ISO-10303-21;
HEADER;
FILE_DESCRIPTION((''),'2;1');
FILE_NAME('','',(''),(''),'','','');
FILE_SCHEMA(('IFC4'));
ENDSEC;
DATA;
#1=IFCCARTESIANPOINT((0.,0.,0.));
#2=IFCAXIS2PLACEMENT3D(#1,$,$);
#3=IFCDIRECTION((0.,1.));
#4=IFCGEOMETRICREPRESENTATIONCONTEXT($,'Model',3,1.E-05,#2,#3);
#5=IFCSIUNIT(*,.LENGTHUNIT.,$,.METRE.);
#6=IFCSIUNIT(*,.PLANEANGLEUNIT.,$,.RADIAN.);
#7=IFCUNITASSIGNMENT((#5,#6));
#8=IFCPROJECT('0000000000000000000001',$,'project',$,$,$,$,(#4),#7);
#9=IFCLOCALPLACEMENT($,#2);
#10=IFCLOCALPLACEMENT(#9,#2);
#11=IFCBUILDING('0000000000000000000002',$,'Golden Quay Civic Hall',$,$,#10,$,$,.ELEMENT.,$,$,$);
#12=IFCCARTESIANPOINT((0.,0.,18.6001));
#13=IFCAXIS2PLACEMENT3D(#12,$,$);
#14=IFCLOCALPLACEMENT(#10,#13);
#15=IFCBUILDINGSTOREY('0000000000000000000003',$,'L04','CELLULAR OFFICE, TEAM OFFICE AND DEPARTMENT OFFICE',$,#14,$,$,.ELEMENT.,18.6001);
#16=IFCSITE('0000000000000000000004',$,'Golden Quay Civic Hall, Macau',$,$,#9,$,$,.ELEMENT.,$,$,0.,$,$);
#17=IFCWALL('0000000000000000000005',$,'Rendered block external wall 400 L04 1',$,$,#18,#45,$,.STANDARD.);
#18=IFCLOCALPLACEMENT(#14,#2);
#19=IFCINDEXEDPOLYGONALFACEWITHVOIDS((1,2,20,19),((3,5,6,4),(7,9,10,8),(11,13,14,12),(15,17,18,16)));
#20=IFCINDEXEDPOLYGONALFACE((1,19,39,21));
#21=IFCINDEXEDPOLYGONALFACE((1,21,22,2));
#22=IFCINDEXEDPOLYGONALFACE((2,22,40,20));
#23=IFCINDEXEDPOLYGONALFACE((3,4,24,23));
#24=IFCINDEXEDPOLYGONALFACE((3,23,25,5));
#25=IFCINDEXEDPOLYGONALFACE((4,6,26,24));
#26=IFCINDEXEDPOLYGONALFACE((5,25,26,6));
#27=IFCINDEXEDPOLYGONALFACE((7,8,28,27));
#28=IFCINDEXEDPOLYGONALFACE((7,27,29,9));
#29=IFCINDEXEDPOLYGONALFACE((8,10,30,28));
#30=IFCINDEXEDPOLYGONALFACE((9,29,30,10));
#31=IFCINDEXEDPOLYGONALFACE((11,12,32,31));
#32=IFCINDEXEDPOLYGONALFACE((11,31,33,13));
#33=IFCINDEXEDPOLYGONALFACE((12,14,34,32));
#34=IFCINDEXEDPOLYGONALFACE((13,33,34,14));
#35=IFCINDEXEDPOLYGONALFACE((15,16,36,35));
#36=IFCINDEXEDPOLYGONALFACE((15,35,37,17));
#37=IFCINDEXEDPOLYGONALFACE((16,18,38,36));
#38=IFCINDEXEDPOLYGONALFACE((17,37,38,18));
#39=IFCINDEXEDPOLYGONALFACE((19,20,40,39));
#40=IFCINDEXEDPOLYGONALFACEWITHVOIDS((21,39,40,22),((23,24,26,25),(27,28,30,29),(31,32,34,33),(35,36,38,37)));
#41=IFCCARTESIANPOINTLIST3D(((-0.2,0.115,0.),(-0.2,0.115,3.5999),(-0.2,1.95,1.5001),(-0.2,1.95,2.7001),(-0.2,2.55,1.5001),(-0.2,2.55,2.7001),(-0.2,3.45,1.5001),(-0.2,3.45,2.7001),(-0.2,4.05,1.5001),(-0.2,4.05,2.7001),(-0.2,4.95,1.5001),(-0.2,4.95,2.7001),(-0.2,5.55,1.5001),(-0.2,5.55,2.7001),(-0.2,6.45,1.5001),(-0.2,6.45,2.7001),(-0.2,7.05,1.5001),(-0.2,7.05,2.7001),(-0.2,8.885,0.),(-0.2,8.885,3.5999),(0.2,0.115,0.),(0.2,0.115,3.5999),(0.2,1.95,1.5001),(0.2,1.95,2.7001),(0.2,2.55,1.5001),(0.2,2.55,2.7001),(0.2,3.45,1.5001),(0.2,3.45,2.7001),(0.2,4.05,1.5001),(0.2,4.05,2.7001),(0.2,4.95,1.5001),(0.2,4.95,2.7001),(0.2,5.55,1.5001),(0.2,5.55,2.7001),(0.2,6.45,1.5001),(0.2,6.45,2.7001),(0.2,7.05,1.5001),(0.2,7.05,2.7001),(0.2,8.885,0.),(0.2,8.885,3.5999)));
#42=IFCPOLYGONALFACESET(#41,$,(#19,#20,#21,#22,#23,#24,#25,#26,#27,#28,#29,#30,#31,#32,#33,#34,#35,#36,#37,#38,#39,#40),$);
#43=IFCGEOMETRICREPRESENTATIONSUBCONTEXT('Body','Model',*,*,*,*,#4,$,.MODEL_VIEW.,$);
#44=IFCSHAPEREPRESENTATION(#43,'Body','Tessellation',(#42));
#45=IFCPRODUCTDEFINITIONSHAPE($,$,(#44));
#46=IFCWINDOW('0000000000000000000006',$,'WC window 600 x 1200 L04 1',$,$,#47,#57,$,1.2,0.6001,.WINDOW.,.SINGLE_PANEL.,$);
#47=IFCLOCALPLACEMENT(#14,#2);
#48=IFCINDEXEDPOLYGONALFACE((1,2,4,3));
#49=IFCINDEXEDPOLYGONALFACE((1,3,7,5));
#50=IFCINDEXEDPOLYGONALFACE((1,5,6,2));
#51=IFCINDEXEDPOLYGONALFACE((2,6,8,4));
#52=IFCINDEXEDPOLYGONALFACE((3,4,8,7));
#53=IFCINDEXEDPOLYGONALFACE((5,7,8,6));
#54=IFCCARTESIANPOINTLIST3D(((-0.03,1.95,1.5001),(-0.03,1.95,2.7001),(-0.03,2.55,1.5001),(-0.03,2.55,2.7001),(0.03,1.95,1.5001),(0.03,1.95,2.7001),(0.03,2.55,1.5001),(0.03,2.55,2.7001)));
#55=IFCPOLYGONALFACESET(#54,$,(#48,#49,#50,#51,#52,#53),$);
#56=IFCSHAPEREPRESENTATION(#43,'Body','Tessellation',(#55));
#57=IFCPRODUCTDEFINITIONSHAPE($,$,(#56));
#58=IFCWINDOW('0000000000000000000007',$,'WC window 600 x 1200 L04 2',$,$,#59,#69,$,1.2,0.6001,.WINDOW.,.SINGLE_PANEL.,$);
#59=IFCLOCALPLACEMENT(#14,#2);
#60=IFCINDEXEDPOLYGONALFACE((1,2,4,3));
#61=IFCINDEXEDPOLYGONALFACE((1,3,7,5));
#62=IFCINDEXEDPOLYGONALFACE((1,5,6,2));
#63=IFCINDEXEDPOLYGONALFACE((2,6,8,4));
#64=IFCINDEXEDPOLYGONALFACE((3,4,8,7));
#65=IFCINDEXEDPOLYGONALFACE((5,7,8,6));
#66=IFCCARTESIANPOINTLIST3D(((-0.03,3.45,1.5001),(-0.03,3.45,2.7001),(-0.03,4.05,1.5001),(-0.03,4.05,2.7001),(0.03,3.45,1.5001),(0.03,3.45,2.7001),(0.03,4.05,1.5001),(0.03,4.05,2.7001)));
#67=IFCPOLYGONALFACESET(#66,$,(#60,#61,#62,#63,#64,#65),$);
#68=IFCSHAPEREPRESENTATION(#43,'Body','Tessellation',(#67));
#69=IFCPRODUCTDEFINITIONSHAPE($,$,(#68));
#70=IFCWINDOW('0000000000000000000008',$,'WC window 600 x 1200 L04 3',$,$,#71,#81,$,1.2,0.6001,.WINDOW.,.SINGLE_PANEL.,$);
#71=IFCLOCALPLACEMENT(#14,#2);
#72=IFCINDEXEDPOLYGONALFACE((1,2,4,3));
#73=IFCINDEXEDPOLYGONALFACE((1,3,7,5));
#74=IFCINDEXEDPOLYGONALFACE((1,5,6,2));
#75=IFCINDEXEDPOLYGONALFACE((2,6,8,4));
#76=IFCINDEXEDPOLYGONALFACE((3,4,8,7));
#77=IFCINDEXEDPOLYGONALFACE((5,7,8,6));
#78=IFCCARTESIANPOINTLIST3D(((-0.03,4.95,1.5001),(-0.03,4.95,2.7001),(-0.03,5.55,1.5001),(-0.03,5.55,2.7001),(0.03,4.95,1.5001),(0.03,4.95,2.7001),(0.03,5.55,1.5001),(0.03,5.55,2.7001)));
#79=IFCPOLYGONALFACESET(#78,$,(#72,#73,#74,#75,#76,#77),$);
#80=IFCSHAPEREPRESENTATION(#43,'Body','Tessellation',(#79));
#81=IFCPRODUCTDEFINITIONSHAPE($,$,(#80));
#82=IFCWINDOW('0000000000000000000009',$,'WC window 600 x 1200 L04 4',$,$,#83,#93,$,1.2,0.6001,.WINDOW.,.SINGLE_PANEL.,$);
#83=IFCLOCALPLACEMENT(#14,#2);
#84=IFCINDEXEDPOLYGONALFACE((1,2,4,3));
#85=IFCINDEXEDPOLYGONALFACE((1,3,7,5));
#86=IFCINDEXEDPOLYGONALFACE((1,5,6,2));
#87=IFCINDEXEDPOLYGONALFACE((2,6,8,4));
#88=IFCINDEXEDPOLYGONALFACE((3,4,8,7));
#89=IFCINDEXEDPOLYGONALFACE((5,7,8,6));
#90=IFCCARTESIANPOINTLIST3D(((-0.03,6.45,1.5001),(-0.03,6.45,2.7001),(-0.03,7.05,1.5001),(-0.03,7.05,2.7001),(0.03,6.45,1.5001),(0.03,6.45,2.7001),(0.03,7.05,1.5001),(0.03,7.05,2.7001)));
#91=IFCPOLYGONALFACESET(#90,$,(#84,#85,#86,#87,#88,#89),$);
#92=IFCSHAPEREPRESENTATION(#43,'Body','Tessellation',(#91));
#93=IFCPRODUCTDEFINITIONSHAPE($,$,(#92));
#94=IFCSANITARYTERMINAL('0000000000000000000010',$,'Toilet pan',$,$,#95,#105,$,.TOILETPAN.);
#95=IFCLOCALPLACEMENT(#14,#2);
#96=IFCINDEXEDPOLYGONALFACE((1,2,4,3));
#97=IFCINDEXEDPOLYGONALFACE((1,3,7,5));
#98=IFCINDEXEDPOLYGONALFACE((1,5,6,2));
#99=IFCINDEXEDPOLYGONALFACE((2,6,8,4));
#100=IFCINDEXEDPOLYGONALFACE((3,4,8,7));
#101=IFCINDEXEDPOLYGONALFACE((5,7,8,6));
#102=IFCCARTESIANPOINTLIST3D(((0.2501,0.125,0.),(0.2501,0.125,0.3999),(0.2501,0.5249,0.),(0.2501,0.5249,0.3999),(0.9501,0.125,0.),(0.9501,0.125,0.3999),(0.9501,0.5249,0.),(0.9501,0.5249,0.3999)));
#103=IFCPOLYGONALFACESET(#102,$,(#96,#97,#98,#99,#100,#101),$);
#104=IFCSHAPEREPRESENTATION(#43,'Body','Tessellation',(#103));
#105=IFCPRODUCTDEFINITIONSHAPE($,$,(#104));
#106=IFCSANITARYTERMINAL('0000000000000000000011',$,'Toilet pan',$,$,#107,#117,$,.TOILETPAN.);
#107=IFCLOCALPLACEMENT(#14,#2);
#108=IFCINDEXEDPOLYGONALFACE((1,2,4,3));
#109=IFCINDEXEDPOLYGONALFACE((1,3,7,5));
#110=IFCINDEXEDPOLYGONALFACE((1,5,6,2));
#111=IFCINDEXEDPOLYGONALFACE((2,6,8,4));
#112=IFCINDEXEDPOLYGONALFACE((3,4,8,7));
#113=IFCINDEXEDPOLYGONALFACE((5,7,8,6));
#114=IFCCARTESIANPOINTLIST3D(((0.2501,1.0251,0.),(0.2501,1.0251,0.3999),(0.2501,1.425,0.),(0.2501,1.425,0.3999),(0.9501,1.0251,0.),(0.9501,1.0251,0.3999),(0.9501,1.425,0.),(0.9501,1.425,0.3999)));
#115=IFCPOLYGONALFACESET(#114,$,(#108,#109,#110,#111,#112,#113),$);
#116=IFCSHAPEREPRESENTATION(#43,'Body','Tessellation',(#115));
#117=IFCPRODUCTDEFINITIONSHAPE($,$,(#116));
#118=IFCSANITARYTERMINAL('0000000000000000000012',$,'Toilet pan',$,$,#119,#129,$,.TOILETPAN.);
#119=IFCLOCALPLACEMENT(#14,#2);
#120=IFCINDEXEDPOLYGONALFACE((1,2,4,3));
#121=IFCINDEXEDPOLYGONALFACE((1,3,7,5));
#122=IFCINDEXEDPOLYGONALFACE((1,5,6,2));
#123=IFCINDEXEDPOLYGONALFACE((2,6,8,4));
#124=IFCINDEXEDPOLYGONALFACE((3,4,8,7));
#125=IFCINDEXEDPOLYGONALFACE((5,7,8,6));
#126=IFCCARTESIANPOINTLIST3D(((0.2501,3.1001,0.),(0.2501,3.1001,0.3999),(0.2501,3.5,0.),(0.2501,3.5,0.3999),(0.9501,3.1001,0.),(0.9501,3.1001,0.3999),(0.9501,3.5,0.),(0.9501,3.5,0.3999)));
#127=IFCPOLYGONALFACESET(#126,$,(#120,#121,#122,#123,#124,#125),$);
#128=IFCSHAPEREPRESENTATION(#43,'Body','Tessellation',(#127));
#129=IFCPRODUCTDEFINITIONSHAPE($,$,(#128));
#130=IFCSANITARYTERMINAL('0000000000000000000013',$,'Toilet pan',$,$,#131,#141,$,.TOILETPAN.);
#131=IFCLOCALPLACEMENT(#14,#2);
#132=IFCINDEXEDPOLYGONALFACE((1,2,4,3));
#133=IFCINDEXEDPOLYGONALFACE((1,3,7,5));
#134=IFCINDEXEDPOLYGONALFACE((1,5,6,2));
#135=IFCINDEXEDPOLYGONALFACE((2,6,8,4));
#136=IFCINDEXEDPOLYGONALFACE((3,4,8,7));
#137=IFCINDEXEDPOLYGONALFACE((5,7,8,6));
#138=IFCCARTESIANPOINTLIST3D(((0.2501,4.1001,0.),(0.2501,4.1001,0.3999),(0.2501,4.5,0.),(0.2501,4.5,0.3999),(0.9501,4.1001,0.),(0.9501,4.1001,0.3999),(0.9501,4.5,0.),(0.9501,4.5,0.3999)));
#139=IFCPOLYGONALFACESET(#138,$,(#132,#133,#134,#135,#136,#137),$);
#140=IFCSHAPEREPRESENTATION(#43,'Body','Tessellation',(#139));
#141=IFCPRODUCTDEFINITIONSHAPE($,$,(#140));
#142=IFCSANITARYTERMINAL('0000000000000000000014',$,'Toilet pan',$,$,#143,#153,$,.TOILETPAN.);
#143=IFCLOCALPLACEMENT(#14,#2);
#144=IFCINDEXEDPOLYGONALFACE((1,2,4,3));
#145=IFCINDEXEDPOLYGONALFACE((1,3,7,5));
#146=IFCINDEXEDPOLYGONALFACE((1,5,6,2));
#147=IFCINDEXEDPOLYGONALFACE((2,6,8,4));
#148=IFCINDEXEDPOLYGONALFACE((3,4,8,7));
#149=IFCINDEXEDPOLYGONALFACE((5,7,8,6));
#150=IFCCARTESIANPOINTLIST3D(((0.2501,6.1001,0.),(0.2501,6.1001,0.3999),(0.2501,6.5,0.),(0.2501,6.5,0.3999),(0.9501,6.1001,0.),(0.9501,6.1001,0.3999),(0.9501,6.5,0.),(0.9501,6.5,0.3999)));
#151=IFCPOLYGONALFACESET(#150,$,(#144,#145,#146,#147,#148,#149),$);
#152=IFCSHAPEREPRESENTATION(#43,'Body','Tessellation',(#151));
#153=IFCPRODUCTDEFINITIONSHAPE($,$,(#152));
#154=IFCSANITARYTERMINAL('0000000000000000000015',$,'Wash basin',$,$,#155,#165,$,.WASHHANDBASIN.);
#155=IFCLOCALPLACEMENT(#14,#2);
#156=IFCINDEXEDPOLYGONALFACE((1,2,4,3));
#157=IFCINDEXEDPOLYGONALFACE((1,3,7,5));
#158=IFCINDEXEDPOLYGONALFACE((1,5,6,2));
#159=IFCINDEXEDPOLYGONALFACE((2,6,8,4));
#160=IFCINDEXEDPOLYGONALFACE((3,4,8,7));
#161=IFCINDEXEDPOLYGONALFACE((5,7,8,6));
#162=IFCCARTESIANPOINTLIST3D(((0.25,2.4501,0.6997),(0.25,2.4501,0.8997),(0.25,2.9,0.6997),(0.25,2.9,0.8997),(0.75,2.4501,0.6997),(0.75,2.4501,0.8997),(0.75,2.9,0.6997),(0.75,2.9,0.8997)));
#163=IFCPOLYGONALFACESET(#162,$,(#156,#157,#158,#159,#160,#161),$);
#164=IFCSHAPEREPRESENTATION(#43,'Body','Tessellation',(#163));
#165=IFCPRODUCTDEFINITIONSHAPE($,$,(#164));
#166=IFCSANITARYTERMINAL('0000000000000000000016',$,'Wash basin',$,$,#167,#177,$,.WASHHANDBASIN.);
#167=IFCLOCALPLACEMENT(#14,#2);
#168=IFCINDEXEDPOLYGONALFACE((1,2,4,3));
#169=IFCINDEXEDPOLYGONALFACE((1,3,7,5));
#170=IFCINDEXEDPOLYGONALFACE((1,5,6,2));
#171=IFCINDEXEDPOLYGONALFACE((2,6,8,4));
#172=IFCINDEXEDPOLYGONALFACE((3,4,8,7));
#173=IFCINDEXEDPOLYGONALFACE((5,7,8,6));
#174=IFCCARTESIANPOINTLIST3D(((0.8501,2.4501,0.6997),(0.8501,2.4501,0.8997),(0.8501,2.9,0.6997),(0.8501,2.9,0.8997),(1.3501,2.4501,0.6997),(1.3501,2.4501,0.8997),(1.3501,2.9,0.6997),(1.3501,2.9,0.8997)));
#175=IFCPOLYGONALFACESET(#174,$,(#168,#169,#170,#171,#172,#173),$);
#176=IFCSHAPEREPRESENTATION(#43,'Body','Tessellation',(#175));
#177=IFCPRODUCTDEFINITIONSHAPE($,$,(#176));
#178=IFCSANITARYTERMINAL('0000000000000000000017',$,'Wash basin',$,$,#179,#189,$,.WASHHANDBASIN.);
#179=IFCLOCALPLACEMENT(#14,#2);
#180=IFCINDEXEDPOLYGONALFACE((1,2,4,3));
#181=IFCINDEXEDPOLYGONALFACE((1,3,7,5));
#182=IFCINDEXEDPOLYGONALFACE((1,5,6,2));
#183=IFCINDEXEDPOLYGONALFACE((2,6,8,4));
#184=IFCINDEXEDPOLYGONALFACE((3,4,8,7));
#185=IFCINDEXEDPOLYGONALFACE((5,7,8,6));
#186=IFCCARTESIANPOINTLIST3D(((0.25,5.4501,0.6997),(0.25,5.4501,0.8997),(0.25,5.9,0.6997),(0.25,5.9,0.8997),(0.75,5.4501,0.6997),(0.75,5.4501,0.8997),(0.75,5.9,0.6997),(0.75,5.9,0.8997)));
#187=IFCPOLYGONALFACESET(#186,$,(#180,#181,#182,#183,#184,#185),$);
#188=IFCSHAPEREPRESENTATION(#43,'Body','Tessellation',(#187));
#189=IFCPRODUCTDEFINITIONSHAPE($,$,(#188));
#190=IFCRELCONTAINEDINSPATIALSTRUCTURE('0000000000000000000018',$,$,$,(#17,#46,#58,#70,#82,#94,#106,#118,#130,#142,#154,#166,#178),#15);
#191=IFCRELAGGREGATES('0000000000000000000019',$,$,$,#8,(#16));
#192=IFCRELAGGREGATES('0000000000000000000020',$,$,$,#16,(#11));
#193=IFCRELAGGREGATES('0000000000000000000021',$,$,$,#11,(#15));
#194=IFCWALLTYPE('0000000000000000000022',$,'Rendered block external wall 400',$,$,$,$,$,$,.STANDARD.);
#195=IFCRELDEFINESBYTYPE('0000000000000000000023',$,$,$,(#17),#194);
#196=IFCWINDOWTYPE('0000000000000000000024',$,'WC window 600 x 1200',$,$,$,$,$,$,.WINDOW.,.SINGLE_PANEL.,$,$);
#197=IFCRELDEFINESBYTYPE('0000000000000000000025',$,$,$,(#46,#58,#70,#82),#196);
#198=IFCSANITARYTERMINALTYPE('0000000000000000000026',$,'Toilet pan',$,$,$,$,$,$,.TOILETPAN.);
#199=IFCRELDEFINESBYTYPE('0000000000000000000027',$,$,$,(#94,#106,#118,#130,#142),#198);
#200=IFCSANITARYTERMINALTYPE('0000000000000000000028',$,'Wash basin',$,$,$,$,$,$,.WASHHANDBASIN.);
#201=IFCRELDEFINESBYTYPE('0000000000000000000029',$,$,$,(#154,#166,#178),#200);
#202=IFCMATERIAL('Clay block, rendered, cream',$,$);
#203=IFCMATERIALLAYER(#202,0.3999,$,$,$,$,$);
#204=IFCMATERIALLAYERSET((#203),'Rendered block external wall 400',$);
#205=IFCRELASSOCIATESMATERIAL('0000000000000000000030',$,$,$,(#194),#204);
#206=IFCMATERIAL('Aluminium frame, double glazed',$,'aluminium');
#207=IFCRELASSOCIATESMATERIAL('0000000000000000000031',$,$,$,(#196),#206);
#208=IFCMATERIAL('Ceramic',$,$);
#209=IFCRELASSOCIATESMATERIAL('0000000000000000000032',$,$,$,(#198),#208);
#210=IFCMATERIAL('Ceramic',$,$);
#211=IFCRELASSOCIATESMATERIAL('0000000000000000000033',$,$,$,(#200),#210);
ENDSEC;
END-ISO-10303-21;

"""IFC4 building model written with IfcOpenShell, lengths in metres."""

from ifc_helpers import new_model, si_unit, direction, frame, frame_2d, origin, origin_2d, place, context, subcontext, project, spatial, rectangle, extrude, material, layer, layer_set, type_object, element, fill, save


model = new_model("IFC4")

# Units and contexts
model_context = context("Model", 3, precision=1e-05, world=origin(), true_north=direction((0.0, 1.0)))
body_context = subcontext(model_context, "Body", "Model", "MODEL_VIEW")
ifc_project = project(units=[si_unit("LENGTHUNIT", "METRE"), si_unit("PLANEANGLEUNIT", "RADIAN")], contexts=[model_context])

# Site, building, storey
site_placement = place(None, origin())
site = spatial("IfcSite", under=ifc_project, at=site_placement, Name="Golden Quay Civic Hall, Macau", CompositionType="ELEMENT", RefElevation=0.0)
building_placement = place(site_placement, origin())
building = spatial("IfcBuilding", under=site, at=building_placement, Name="Golden Quay Civic Hall", CompositionType="ELEMENT")
storey_placement = place(building_placement, frame((0.0, 0.0, 18.6001)))
storey = spatial("IfcBuildingStorey", under=building, at=storey_placement, Name="L04", Description="CELLULAR OFFICE, TEAM OFFICE AND DEPARTMENT OFFICE", CompositionType="ELEMENT", Elevation=18.6001)

# Wall, openings, windows
ifc_material_1 = material(Name="Clay block, rendered, cream")
ifc_layer_1 = layer(ifc_material_1, 0.3999)
ifc_layer_set_1 = layer_set([ifc_layer_1], Name="Rendered block external wall 400")
wall_type_1 = type_object("IfcWallType", Name="Rendered block external wall 400", PredefinedType="STANDARD", material=ifc_layer_set_1)
wall_1_placement = place(storey_placement, frame((0.0, 0.115, 0.0), z_axis=(0.0, 0.0, 1.0), x_axis=(0.0, 1.0, 0.0)))
wall_1 = element("IfcWall", 1, at=wall_1_placement, inside=storey, type_object=wall_type_1, Name="Rendered block external wall 400 L04 1", PredefinedType="STANDARD", context=body_context, shape_type="SweptSolid", body=[
    extrude(rectangle(XDim=8.77, YDim=0.3999, at=frame_2d((4.385, 0.0))), origin(), (0.0, 0.0, 1.0), 3.5999),
])
opening_1_placement = place(wall_1_placement, frame((1.835, 0.0, 1.5)))
opening_1 = element("IfcOpeningElement", 2, at=opening_1_placement, cuts=wall_1, PredefinedType="OPENING", context=body_context, shape_type="SweptSolid", body=[
    extrude(rectangle(XDim=0.6001, YDim=1.2, at=frame_2d((0.3, 0.6001))), frame((0.0, 0.21, 0.0), z_axis=(0.0, -1.0, 0.0), x_axis=(1.0, 0.0, 0.0)), (0.0, 0.0, 1.0), 0.4199),
])
opening_2_placement = place(wall_1_placement, frame((3.335, 0.0, 1.5)))
opening_2 = element("IfcOpeningElement", 3, at=opening_2_placement, cuts=wall_1, PredefinedType="OPENING", context=body_context, shape_type="SweptSolid", body=[
    extrude(rectangle(XDim=0.6001, YDim=1.2, at=frame_2d((0.3, 0.6001))), frame((0.0, 0.21, 0.0), z_axis=(0.0, -1.0, 0.0), x_axis=(1.0, 0.0, 0.0)), (0.0, 0.0, 1.0), 0.4199),
])
opening_3_placement = place(wall_1_placement, frame((4.835, 0.0, 1.5)))
opening_3 = element("IfcOpeningElement", 4, at=opening_3_placement, cuts=wall_1, PredefinedType="OPENING", context=body_context, shape_type="SweptSolid", body=[
    extrude(rectangle(XDim=0.6001, YDim=1.2, at=frame_2d((0.3, 0.6001))), frame((0.0, 0.21, 0.0), z_axis=(0.0, -1.0, 0.0), x_axis=(1.0, 0.0, 0.0)), (0.0, 0.0, 1.0), 0.4199),
])
opening_4_placement = place(wall_1_placement, frame((6.335, 0.0, 1.5)))
opening_4 = element("IfcOpeningElement", 5, at=opening_4_placement, cuts=wall_1, PredefinedType="OPENING", context=body_context, shape_type="SweptSolid", body=[
    extrude(rectangle(XDim=0.6001, YDim=1.2, at=frame_2d((0.3, 0.6001))), frame((0.0, 0.21, 0.0), z_axis=(0.0, -1.0, 0.0), x_axis=(1.0, 0.0, 0.0)), (0.0, 0.0, 1.0), 0.4199),
])
ifc_material_2 = material(Name="Aluminium frame, double glazed", Category="aluminium")
window_type = type_object("IfcWindowType", Name="WC window 600 x 1200", PartitioningType="SINGLE_PANEL", PredefinedType="WINDOW", material=ifc_material_2)
window_1_placement = place(opening_1_placement, origin())
window_1 = element("IfcWindow", 6, at=window_1_placement, inside=storey, type_object=window_type, Name="WC window 600 x 1200 L04 1", OverallHeight=1.2, OverallWidth=0.6001, PartitioningType="SINGLE_PANEL", PredefinedType="WINDOW", context=body_context, shape_type="SweptSolid", body=[
    extrude(rectangle(XDim=0.6001, YDim=1.2, at=frame_2d((0.3, 0.6001))), frame((0.0, 0.03, 0.0), z_axis=(0.0, -1.0, 0.0), x_axis=(1.0, 0.0, 0.0)), (0.0, 0.0, 1.0), 0.0601),
])
fill(opening_1, window_1)
window_2_placement = place(opening_2_placement, origin())
window_2 = element("IfcWindow", 7, at=window_2_placement, inside=storey, type_object=window_type, Name="WC window 600 x 1200 L04 2", OverallHeight=1.2, OverallWidth=0.6001, PartitioningType="SINGLE_PANEL", PredefinedType="WINDOW", context=body_context, shape_type="SweptSolid", body=[
    extrude(rectangle(XDim=0.6001, YDim=1.2, at=frame_2d((0.3, 0.6001))), frame((0.0, 0.03, 0.0), z_axis=(0.0, -1.0, 0.0), x_axis=(1.0, 0.0, 0.0)), (0.0, 0.0, 1.0), 0.0601),
])
fill(opening_2, window_2)
window_3_placement = place(opening_3_placement, origin())
window_3 = element("IfcWindow", 8, at=window_3_placement, inside=storey, type_object=window_type, Name="WC window 600 x 1200 L04 3", OverallHeight=1.2, OverallWidth=0.6001, PartitioningType="SINGLE_PANEL", PredefinedType="WINDOW", context=body_context, shape_type="SweptSolid", body=[
    extrude(rectangle(XDim=0.6001, YDim=1.2, at=frame_2d((0.3, 0.6001))), frame((0.0, 0.03, 0.0), z_axis=(0.0, -1.0, 0.0), x_axis=(1.0, 0.0, 0.0)), (0.0, 0.0, 1.0), 0.0601),
])
fill(opening_3, window_3)
window_4_placement = place(opening_4_placement, origin())
window_4 = element("IfcWindow", 9, at=window_4_placement, inside=storey, type_object=window_type, Name="WC window 600 x 1200 L04 4", OverallHeight=1.2, OverallWidth=0.6001, PartitioningType="SINGLE_PANEL", PredefinedType="WINDOW", context=body_context, shape_type="SweptSolid", body=[
    extrude(rectangle(XDim=0.6001, YDim=1.2, at=frame_2d((0.3, 0.6001))), frame((0.0, 0.03, 0.0), z_axis=(0.0, -1.0, 0.0), x_axis=(1.0, 0.0, 0.0)), (0.0, 0.0, 1.0), 0.0601),
])
fill(opening_4, window_4)

# Sanitary terminals
ifc_material_3 = material(Name="Ceramic")
sanitary_terminal_type_1 = type_object("IfcSanitaryTerminalType", Name="Toilet pan", PredefinedType="TOILETPAN", material=ifc_material_3)
for number, where, z_axis, x_axis, name in (
    (10, (0.6001, 0.325, 0.0), (0.0, 0.0, 1.0), (0.0, 1.0, 0.0), "Toilet pan"),
    (11, (0.6001, 1.2251, 0.0), (0.0, 0.0, 1.0), (0.0, 1.0, 0.0), "Toilet pan"),
    (12, (0.6001, 3.3, 0.0), (0.0, 0.0, 1.0), (0.0, 1.0, 0.0), "Toilet pan"),
    (13, (0.6001, 4.3, 0.0), (0.0, 0.0, 1.0), (0.0, 1.0, 0.0), "Toilet pan"),
    (14, (0.6001, 6.3, 0.0), (0.0, 0.0, 1.0), (0.0, 1.0, 0.0), "Toilet pan"),
):
    element("IfcSanitaryTerminal", number, at=place(storey_placement, frame(where, z_axis=z_axis, x_axis=x_axis)), inside=storey, type_object=sanitary_terminal_type_1, Name=name, PredefinedType="TOILETPAN", context=body_context, shape_type="SweptSolid", body=[
        extrude(rectangle(XDim=0.3999, YDim=0.7, at=origin_2d()), origin(), (0.0, 0.0, 1.0), 0.3999),
    ])
ifc_material_4 = material(Name="Ceramic")
sanitary_terminal_type_2 = type_object("IfcSanitaryTerminalType", Name="Wash basin", PredefinedType="WASHHANDBASIN", material=ifc_material_4)
for number, where, z_axis, x_axis, name in (
    (15, (0.5, 2.675, 0.6997), (0.0, 0.0, 1.0), (1.0, 0.0, 0.0), "Wash basin"),
    (16, (1.1001, 2.675, 0.6997), (0.0, 0.0, 1.0), (1.0, 0.0, 0.0), "Wash basin"),
    (17, (0.5, 5.675, 0.6997), (0.0, 0.0, 1.0), (1.0, 0.0, 0.0), "Wash basin"),
):
    element("IfcSanitaryTerminal", number, at=place(storey_placement, frame(where, z_axis=z_axis, x_axis=x_axis)), inside=storey, type_object=sanitary_terminal_type_2, Name=name, PredefinedType="WASHHANDBASIN", context=body_context, shape_type="SweptSolid", body=[
        extrude(rectangle(XDim=0.5, YDim=0.45, at=origin_2d()), origin(), (0.0, 0.0, 1.0), 0.2),
    ])

save(model, "model.ifc")
